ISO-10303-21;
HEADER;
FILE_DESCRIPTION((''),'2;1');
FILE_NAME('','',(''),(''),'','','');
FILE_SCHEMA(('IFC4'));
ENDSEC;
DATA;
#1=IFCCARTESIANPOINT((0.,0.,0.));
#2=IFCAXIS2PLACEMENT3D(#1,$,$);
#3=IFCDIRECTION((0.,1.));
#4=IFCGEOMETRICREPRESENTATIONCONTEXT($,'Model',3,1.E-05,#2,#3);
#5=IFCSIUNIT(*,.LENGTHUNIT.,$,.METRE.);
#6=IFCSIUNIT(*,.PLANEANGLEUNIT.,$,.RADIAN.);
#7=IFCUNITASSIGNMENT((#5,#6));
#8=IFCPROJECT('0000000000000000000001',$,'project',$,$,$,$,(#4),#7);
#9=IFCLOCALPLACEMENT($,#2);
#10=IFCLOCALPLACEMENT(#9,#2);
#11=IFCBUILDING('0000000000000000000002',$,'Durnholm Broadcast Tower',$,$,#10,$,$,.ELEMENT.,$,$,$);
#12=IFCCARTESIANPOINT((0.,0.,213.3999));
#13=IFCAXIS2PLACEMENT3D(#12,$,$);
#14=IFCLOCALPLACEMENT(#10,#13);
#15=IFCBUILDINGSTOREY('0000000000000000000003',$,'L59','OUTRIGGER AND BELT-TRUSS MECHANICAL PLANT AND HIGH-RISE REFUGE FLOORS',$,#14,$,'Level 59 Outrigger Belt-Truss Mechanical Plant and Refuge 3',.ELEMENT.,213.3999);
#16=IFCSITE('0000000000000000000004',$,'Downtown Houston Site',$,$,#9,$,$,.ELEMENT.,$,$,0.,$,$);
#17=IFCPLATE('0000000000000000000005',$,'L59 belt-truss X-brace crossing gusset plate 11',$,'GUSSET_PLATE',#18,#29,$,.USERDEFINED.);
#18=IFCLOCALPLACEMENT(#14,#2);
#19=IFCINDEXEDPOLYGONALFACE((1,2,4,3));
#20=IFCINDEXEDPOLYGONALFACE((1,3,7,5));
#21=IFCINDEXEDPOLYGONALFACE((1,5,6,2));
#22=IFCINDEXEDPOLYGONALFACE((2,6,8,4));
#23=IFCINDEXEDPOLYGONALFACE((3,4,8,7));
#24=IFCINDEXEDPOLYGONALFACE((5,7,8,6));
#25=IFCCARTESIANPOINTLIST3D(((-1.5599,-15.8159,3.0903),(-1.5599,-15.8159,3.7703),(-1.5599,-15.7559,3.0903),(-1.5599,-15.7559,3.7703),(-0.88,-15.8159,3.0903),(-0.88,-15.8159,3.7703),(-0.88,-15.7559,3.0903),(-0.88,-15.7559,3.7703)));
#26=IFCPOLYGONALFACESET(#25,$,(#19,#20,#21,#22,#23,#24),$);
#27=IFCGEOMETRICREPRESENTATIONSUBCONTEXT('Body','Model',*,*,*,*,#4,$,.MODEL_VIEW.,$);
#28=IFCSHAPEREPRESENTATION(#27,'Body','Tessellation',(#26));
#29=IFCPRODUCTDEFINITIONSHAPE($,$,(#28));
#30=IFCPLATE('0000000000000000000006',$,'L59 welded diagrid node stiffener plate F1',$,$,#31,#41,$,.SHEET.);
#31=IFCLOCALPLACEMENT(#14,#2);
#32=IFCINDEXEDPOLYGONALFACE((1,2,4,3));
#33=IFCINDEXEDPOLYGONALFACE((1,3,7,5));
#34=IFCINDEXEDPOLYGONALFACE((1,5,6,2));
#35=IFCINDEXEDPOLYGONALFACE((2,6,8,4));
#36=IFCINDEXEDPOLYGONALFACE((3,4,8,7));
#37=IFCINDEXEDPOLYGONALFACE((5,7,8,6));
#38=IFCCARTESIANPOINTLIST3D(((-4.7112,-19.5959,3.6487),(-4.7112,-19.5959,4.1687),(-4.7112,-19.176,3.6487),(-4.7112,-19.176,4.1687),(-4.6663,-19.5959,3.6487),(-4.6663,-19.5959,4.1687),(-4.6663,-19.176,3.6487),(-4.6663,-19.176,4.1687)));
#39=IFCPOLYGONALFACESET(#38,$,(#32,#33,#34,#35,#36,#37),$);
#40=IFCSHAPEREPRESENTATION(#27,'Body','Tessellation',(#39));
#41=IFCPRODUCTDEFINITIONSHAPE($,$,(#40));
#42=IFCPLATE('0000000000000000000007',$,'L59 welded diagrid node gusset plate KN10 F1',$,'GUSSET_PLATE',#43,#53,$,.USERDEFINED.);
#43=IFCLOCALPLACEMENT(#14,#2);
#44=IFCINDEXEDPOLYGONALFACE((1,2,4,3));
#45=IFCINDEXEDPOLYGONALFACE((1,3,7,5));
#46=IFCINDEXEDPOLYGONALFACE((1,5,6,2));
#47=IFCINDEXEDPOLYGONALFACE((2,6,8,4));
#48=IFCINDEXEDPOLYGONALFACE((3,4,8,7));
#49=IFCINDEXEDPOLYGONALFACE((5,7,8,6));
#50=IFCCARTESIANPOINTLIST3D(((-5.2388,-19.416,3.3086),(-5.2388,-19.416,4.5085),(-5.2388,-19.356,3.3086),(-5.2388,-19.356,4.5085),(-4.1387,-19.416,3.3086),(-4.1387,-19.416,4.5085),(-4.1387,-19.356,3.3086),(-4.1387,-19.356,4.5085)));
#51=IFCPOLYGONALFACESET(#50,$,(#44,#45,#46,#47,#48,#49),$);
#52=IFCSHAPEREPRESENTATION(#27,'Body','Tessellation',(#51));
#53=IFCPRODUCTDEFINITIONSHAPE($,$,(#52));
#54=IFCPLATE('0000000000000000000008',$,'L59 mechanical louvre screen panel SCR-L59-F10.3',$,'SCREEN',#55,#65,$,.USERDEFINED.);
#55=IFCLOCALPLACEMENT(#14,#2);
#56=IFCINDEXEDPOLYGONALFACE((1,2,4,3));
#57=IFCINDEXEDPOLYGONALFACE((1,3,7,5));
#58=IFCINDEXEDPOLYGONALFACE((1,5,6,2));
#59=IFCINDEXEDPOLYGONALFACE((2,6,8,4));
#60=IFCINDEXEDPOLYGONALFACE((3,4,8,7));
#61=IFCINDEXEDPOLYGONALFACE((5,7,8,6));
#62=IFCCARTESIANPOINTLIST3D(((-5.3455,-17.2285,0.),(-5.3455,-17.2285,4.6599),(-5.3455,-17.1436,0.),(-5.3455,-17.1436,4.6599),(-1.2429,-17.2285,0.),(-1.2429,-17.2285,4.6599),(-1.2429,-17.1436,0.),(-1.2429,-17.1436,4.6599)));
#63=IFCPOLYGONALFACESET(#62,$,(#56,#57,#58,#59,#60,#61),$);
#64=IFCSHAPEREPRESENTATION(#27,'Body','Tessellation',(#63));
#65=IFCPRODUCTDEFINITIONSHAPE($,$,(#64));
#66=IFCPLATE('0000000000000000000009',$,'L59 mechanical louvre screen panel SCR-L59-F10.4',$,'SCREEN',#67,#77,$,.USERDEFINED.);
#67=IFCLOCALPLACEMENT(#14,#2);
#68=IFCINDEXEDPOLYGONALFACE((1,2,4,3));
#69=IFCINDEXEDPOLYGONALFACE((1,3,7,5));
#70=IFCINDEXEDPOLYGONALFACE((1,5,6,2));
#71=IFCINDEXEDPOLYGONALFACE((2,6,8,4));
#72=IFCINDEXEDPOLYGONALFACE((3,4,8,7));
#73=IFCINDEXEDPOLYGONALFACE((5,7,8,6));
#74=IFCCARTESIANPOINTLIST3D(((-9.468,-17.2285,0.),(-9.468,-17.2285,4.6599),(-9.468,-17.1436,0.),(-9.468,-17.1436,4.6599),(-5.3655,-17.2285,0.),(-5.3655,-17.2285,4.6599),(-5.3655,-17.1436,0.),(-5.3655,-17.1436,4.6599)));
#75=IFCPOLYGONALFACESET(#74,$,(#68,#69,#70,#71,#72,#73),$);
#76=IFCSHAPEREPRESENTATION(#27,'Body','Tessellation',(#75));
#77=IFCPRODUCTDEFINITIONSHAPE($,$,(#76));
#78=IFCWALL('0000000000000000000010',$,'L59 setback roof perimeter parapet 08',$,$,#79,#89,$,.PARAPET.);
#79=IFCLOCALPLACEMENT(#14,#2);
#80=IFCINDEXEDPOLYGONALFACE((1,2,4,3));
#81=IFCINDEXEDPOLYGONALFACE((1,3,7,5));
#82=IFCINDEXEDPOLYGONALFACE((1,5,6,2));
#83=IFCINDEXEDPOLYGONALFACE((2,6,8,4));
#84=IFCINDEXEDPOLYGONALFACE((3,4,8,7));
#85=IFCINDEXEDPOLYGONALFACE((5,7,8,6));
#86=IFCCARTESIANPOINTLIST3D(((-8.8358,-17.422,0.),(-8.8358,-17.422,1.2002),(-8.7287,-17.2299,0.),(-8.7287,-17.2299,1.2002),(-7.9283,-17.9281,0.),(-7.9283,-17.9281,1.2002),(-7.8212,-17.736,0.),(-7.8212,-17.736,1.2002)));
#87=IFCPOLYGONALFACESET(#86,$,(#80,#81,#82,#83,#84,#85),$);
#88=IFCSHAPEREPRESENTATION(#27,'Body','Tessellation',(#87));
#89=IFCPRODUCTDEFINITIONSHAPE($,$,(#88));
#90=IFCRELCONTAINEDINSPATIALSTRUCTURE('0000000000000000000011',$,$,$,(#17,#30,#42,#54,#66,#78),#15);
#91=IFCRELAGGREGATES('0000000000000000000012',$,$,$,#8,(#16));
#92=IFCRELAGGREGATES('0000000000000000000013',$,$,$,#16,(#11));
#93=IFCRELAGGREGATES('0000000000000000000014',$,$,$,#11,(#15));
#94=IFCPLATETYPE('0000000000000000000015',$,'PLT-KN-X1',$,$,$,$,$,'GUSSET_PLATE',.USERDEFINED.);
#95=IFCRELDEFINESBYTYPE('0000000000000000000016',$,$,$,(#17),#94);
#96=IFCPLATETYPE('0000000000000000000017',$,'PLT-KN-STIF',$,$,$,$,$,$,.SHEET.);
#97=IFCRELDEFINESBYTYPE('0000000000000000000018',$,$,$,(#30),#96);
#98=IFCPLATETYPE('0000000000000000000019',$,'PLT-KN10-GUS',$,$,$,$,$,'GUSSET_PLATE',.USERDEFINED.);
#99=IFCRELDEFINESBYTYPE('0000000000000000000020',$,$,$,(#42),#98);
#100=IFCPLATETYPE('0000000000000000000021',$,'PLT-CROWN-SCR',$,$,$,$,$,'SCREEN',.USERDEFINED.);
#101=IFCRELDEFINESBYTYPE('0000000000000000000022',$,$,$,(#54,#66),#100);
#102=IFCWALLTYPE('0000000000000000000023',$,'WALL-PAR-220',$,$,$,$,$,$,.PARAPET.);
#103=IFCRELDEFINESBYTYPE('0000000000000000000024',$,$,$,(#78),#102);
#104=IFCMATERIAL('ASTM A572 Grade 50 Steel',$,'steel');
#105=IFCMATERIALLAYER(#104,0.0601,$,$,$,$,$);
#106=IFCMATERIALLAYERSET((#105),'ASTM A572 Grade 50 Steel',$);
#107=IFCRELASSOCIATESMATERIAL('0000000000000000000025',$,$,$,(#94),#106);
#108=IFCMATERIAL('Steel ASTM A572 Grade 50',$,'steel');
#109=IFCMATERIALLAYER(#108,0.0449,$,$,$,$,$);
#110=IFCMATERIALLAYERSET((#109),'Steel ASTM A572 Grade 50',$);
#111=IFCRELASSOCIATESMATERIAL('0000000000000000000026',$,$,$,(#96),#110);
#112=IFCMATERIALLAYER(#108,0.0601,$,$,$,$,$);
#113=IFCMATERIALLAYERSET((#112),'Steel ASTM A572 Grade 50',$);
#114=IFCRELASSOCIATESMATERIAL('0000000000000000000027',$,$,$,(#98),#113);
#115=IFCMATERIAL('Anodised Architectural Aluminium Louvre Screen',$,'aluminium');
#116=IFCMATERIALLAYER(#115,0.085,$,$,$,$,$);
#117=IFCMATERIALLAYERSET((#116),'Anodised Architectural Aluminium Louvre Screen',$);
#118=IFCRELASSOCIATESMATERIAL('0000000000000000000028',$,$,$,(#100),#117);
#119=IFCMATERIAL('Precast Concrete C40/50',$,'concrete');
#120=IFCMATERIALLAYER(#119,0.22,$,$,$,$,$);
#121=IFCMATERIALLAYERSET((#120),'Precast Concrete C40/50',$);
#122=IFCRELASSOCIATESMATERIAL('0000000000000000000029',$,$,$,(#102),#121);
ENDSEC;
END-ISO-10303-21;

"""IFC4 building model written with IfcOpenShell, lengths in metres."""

from ifc_helpers import new_model, si_unit, direction, frame, frame_2d, origin, origin_2d, place, context, subcontext, project, spatial, rectangle, extrude, source, transform, mapped, material, layer, layer_set, type_object, type_shapes, element, save


model = new_model("IFC4")

# Units and contexts
model_context = context("Model", 3, precision=1e-05, world=origin(), true_north=direction((0.0, 1.0)))
body_context = subcontext(model_context, "Body", "Model", "MODEL_VIEW")
ifc_project = project(units=[si_unit("LENGTHUNIT", "METRE"), si_unit("PLANEANGLEUNIT", "RADIAN")], contexts=[model_context])

# Site, building, storey
site_placement = place(None, origin())
site = spatial("IfcSite", under=ifc_project, at=site_placement, Name="Downtown Houston Site", CompositionType="ELEMENT", RefElevation=0.0)
building_placement = place(site_placement, origin())
building = spatial("IfcBuilding", under=site, at=building_placement, Name="Durnholm Broadcast Tower", CompositionType="ELEMENT")
storey_placement = place(building_placement, frame((0.0, 0.0, 213.3999)))
storey = spatial("IfcBuildingStorey", under=building, at=storey_placement, Name="L59", Description="OUTRIGGER AND BELT-TRUSS MECHANICAL PLANT AND HIGH-RISE REFUGE FLOORS", LongName="Level 59 Outrigger Belt-Truss Mechanical Plant and Refuge 3", CompositionType="ELEMENT", Elevation=213.3999)

# Plates
ifc_material_1 = material(Name="Steel ASTM A572 Grade 50", Category="steel")
ifc_material_2 = material(Name="ASTM A572 Grade 50 Steel", Category="steel")
ifc_layer_1 = layer(ifc_material_2, 0.0601)
ifc_layer_set_1 = layer_set([ifc_layer_1], Name="ASTM A572 Grade 50 Steel")
plate_type_1 = type_object("IfcPlateType", Name="PLT-KN-X1", ElementType="GUSSET_PLATE", PredefinedType="USERDEFINED", material=ifc_layer_set_1)
shared_shape_1 = source(origin(), body_context, "Body", "SweptSolid", [
    extrude(rectangle(XDim=0.6799, YDim=0.0601, at=origin_2d()), origin(), (0.0, 0.0, 1.0), 0.6799),
])
type_shapes(plate_type_1, [shared_shape_1])
plate_1_placement = place(storey_placement, frame((-1.22, -15.7859, 3.0903), z_axis=(0.0, 0.0, 1.0), x_axis=(-1.0, 0.0, 0.0)))
element("IfcPlate", 1, at=plate_1_placement, inside=storey, type_object=plate_type_1, Name="L59 belt-truss X-brace crossing gusset plate 11", ObjectType="GUSSET_PLATE", PredefinedType="USERDEFINED", context=body_context, shape_type="MappedRepresentation", body=[
    mapped(shared_shape_1, transform((0.0, 0.0, 0.0), x_axis=(1.0, 0.0, 0.0), y_axis=(0.0, 1.0, 0.0), z_axis=(0.0, 0.0, 1.0), scale=1.0)),
])
ifc_layer_2 = layer(ifc_material_1, 0.0449)
ifc_layer_set_2 = layer_set([ifc_layer_2], Name="Steel ASTM A572 Grade 50")
plate_type_2 = type_object("IfcPlateType", Name="PLT-KN-STIF", PredefinedType="SHEET", material=ifc_layer_set_2)
shared_shape_2 = source(origin(), body_context, "Body", "SweptSolid", [
    extrude(rectangle(XDim=0.0449, YDim=0.4199, at=origin_2d()), origin(), (0.0, 0.0, 1.0), 0.52),
])
type_shapes(plate_type_2, [shared_shape_2])
plate_2_placement = place(storey_placement, frame((-4.6887, -19.386, 3.6487), z_axis=(0.0, 0.0, 1.0), x_axis=(1.0, 0.0, 0.0)))
element("IfcPlate", 2, at=plate_2_placement, inside=storey, type_object=plate_type_2, Name="L59 welded diagrid node stiffener plate F1", PredefinedType="SHEET", context=body_context, shape_type="MappedRepresentation", body=[
    mapped(shared_shape_2, transform((0.0, 0.0, 0.0), x_axis=(1.0, 0.0, 0.0), y_axis=(0.0, 1.0, 0.0), z_axis=(0.0, 0.0, 1.0), scale=1.0)),
])
ifc_layer_3 = layer(ifc_material_1, 0.0601)
ifc_layer_set_3 = layer_set([ifc_layer_3], Name="Steel ASTM A572 Grade 50")
plate_type_3 = type_object("IfcPlateType", Name="PLT-KN10-GUS", ElementType="GUSSET_PLATE", PredefinedType="USERDEFINED", material=ifc_layer_set_3)
shared_shape_3 = source(origin(), body_context, "Body", "SweptSolid", [
    extrude(rectangle(XDim=1.1001, YDim=0.0601, at=origin_2d()), origin(), (0.0, 0.0, 1.0), 1.2),
])
type_shapes(plate_type_3, [shared_shape_3])
plate_3_placement = place(storey_placement, frame((-4.6887, -19.386, 3.3086), z_axis=(0.0, 0.0, 1.0), x_axis=(1.0, 0.0, 0.0)))
element("IfcPlate", 3, at=plate_3_placement, inside=storey, type_object=plate_type_3, Name="L59 welded diagrid node gusset plate KN10 F1", ObjectType="GUSSET_PLATE", PredefinedType="USERDEFINED", context=body_context, shape_type="MappedRepresentation", body=[
    mapped(shared_shape_3, transform((0.0, 0.0, 0.0), x_axis=(1.0, 0.0, 0.0), y_axis=(0.0, 1.0, 0.0), z_axis=(0.0, 0.0, 1.0), scale=1.0)),
])
ifc_material_3 = material(Name="Anodised Architectural Aluminium Louvre Screen", Category="aluminium")
ifc_layer_4 = layer(ifc_material_3, 0.085)
ifc_layer_set_4 = layer_set([ifc_layer_4], Name="Anodised Architectural Aluminium Louvre Screen")
plate_type_4 = type_object("IfcPlateType", Name="PLT-CROWN-SCR", ElementType="SCREEN", PredefinedType="USERDEFINED", material=ifc_layer_set_4)
shared_shape_4 = source(origin(), body_context, "Body", "SweptSolid", [
    extrude(rectangle(XDim=4.1025, YDim=0.085, at=origin_2d()), origin(), (0.0, 0.0, 1.0), 4.6599),
])
type_shapes(plate_type_4, [shared_shape_4])
for number, where, z_axis, x_axis, name in (
    (4, (-3.2942, -17.186, 0.0), (0.0, 0.0, 1.0), (-1.0, 0.0, 0.0), "L59 mechanical louvre screen panel SCR-L59-F10.3"),
    (5, (-7.4167, -17.186, 0.0), (0.0, 0.0, 1.0), (-1.0, 0.0, 0.0), "L59 mechanical louvre screen panel SCR-L59-F10.4"),
):
    element("IfcPlate", number, at=place(storey_placement, frame(where, z_axis=z_axis, x_axis=x_axis)), inside=storey, type_object=plate_type_4, Name=name, ObjectType="SCREEN", PredefinedType="USERDEFINED", context=body_context, shape_type="MappedRepresentation", body=[
        mapped(shared_shape_4, transform((0.0, 0.0, 0.0), x_axis=(1.0, 0.0, 0.0), y_axis=(0.0, 1.0, 0.0), z_axis=(0.0, 0.0, 1.0), scale=1.0)),
    ])

# Wall
ifc_material_4 = material(Name="Precast Concrete C40/50", Category="concrete")
ifc_layer_5 = layer(ifc_material_4, 0.22)
ifc_layer_set_5 = layer_set([ifc_layer_5], Name="Precast Concrete C40/50")
wall_type = type_object("IfcWallType", Name="WALL-PAR-220", PredefinedType="PARAPET", material=ifc_layer_set_5)
wall_placement = place(storey_placement, frame((-7.8748, -17.832, 0.0), z_axis=(0.0, 0.0, 1.0), x_axis=(-0.873358, 0.487079, 0.0)))
element("IfcWall", 6, at=wall_placement, inside=storey, type_object=wall_type, Name="L59 setback roof perimeter parapet 08", PredefinedType="PARAPET", context=body_context, shape_type="SweptSolid", body=[
    extrude(rectangle(XDim=1.0391, YDim=0.22, at=frame_2d((0.5195, 0.0))), origin(), (0.0, 0.0, 1.0), 1.2002),
])

save(model, "model.ifc")
